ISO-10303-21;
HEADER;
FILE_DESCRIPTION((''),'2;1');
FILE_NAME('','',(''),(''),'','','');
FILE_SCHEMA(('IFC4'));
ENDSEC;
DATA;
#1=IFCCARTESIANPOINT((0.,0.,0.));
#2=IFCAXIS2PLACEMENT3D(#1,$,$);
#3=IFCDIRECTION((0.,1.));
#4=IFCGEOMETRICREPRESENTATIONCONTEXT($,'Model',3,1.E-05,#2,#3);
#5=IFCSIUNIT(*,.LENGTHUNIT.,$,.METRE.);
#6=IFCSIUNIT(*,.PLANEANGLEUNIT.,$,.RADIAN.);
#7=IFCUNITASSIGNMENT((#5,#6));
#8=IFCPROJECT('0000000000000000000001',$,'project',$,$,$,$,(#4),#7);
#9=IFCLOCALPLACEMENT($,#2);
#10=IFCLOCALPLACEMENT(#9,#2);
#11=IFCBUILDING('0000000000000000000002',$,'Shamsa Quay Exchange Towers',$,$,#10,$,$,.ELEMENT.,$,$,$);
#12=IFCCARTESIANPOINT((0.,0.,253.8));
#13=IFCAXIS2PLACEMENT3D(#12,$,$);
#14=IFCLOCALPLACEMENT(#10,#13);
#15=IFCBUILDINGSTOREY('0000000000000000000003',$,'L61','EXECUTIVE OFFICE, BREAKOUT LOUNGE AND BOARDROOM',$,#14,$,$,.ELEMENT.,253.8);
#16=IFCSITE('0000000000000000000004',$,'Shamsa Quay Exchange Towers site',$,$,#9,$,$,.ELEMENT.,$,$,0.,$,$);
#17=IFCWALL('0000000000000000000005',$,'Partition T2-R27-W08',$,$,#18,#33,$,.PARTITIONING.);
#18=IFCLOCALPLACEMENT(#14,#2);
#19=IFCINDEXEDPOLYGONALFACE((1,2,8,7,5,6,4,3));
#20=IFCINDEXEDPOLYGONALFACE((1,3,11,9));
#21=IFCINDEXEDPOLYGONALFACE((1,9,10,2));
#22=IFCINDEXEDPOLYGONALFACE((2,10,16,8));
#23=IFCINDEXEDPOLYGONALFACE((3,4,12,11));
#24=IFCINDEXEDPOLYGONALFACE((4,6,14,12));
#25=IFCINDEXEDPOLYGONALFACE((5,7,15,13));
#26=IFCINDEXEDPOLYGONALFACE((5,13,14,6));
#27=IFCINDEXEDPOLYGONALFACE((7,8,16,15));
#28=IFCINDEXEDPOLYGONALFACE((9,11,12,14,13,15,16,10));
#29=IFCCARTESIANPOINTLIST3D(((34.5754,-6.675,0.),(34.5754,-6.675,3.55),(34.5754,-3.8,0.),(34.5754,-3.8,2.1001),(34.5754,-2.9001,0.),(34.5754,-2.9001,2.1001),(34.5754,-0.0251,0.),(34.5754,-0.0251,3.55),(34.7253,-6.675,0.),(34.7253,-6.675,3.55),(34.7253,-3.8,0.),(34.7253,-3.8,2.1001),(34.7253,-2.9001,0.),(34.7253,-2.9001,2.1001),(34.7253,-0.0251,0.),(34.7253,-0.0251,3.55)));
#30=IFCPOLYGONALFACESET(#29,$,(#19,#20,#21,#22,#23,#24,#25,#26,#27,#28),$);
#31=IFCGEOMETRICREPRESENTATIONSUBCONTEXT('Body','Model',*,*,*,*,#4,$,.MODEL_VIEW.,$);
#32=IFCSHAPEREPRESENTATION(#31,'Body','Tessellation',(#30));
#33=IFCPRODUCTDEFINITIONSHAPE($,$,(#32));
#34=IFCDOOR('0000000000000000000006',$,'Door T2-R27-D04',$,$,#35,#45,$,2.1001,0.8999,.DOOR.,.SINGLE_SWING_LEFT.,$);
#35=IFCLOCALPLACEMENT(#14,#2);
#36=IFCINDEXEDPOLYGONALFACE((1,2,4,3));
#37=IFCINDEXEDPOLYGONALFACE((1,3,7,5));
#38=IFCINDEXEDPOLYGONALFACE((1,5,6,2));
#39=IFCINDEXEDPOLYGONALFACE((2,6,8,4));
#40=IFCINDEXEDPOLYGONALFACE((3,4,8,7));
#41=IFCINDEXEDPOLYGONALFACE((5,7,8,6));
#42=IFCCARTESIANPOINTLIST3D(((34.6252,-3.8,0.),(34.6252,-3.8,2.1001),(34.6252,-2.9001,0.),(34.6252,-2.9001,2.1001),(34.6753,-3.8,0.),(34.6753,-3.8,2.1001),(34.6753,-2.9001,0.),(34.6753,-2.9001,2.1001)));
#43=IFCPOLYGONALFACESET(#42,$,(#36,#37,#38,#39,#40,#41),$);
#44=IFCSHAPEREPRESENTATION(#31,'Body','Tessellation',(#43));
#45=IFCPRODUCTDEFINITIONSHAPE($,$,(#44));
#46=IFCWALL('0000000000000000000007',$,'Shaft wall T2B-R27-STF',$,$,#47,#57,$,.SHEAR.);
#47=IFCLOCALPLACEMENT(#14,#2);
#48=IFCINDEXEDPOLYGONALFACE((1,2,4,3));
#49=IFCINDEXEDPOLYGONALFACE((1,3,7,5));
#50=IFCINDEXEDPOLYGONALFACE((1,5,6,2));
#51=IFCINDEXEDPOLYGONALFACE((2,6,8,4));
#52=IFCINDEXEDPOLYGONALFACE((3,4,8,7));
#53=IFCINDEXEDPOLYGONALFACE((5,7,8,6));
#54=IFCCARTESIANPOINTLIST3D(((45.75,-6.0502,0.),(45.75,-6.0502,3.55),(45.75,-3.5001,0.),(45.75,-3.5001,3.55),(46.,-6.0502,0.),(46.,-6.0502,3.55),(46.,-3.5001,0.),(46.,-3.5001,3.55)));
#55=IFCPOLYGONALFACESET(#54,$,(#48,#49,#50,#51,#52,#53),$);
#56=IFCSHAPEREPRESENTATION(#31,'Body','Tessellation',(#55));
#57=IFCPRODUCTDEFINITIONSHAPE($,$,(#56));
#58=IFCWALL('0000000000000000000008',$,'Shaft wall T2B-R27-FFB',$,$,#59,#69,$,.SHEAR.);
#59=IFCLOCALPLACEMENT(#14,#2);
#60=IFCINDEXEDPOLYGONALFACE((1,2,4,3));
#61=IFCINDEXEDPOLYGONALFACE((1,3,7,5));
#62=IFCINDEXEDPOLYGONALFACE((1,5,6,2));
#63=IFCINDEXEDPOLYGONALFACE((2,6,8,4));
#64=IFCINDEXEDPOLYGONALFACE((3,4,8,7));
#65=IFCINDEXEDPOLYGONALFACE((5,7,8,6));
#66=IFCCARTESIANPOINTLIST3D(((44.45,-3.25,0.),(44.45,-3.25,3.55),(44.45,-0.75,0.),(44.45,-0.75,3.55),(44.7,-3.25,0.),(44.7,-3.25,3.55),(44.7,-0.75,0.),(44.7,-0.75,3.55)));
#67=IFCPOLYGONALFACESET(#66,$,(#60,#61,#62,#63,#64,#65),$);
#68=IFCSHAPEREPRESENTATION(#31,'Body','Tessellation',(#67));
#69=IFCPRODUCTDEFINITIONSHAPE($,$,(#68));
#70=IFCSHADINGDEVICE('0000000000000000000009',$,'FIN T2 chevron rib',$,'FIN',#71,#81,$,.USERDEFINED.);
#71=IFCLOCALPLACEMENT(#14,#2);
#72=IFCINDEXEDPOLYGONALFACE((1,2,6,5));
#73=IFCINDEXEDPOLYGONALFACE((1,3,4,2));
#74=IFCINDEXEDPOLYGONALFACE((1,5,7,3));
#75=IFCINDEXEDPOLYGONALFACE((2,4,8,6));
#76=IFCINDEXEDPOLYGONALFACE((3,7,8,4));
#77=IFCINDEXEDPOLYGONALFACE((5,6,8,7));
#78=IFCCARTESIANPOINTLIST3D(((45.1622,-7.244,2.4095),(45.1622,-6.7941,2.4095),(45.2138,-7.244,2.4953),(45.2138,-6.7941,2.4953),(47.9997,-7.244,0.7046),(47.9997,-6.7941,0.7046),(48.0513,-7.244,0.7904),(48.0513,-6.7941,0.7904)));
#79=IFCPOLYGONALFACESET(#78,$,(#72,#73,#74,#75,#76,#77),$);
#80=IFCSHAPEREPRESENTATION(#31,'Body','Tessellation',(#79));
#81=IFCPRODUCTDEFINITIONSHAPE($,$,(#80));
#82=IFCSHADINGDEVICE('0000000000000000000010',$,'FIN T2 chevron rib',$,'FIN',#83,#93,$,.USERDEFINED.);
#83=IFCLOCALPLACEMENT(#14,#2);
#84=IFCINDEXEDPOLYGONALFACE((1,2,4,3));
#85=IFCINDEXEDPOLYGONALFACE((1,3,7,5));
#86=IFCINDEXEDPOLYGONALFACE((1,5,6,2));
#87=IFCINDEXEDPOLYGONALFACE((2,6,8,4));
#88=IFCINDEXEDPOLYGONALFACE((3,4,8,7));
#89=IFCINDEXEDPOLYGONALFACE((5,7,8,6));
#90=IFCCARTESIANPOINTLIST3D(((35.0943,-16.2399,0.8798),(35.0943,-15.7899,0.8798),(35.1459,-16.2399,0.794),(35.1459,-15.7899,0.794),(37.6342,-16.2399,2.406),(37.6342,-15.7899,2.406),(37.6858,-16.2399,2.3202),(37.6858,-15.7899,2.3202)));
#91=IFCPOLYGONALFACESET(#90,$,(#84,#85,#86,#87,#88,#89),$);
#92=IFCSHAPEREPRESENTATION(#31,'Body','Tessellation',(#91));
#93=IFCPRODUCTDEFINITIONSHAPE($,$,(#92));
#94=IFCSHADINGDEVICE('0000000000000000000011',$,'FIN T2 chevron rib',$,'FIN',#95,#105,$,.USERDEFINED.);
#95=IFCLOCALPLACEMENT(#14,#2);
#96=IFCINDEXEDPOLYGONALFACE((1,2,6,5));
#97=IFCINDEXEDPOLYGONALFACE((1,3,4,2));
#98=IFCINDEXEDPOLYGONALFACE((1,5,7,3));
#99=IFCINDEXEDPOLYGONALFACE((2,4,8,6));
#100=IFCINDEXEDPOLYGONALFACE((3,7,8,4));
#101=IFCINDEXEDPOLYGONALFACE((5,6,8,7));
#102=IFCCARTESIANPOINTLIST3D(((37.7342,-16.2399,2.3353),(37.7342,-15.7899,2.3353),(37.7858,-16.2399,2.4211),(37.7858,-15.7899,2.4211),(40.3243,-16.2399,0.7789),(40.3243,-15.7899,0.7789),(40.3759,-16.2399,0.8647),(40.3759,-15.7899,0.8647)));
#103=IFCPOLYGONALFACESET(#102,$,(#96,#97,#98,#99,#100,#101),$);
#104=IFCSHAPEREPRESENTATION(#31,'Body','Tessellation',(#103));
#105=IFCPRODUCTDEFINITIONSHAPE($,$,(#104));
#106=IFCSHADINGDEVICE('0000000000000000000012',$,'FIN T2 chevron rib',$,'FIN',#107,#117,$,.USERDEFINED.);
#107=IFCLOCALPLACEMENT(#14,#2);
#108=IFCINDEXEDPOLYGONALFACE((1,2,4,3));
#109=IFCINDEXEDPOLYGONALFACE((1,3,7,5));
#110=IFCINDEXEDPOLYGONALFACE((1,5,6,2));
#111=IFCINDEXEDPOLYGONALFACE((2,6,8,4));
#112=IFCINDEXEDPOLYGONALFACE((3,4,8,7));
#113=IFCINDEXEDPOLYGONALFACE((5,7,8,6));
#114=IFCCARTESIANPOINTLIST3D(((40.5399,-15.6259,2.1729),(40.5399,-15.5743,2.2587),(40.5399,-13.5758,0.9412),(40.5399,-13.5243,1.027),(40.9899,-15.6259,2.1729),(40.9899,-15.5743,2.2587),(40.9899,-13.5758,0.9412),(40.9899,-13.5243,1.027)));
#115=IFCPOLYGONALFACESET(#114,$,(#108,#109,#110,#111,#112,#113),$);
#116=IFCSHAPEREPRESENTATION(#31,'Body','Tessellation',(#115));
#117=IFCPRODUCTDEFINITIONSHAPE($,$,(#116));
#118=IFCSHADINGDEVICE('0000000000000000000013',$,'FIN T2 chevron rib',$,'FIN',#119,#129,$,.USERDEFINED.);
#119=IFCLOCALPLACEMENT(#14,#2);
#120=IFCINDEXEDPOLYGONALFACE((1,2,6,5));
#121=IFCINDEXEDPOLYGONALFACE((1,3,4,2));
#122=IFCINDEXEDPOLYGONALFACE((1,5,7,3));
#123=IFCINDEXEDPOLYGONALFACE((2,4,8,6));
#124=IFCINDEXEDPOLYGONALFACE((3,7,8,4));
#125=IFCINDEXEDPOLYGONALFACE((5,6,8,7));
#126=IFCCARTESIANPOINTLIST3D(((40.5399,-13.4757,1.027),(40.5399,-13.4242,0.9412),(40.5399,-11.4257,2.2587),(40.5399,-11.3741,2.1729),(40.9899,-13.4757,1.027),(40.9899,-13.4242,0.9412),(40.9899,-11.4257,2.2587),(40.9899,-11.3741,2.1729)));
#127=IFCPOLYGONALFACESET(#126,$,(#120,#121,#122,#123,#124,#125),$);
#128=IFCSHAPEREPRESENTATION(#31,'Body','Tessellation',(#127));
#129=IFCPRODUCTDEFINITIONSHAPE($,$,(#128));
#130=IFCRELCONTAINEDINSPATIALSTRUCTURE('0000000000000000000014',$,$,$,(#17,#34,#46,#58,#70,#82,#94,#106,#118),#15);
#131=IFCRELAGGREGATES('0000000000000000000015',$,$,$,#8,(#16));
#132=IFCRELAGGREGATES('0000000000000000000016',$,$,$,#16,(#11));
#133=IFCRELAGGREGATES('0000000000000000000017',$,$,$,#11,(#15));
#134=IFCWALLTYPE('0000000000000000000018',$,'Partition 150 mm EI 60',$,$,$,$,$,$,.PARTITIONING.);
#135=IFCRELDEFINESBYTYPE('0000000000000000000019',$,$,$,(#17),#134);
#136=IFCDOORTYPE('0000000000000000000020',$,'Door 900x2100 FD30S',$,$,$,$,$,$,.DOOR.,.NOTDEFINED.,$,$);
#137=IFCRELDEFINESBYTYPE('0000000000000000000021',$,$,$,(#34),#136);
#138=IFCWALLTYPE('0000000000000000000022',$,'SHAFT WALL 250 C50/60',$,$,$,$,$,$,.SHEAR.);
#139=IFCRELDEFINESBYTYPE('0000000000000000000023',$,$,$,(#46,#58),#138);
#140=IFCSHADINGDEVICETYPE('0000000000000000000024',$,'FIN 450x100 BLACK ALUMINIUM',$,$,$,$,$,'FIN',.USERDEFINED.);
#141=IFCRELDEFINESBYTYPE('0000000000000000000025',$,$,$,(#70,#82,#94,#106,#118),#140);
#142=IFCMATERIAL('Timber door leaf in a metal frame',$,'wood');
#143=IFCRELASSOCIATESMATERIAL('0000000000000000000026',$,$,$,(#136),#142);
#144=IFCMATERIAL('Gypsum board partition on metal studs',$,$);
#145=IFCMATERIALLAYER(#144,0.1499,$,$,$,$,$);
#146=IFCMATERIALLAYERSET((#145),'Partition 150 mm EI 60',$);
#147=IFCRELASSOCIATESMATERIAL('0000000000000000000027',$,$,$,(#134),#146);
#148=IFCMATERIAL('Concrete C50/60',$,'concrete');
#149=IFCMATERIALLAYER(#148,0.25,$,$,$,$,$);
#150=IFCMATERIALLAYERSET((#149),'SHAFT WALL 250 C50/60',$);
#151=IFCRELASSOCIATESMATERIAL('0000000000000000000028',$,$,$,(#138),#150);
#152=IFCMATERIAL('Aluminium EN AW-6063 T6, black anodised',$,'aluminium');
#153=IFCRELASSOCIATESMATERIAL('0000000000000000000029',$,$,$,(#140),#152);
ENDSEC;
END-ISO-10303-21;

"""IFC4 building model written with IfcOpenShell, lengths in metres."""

from ifc_helpers import new_model, si_unit, direction, frame, frame_2d, origin, origin_2d, place, context, subcontext, project, spatial, rectangle, extrude, material, layer, layer_set, material_profile, profile_set, type_object, element, fill, save


model = new_model("IFC4")

# Units and contexts
model_context = context("Model", 3, precision=1e-05, world=origin(), true_north=direction((0.0, 1.0)))
body_context = subcontext(model_context, "Body", "Model", "MODEL_VIEW")
ifc_project = project(units=[si_unit("LENGTHUNIT", "METRE"), si_unit("PLANEANGLEUNIT", "RADIAN")], contexts=[model_context])

# Site, building, storey
site_placement = place(None, origin())
site = spatial("IfcSite", under=ifc_project, at=site_placement, Name="Shamsa Quay Exchange Towers site", CompositionType="ELEMENT", RefElevation=0.0)
building_placement = place(site_placement, origin())
building = spatial("IfcBuilding", under=site, at=building_placement, Name="Shamsa Quay Exchange Towers", CompositionType="ELEMENT")
storey_placement = place(building_placement, frame((0.0, 0.0, 253.8)))
storey = spatial("IfcBuildingStorey", under=building, at=storey_placement, Name="L61", Description="EXECUTIVE OFFICE, BREAKOUT LOUNGE AND BOARDROOM", CompositionType="ELEMENT", Elevation=253.8)

# Shared definitions
ifc_material_1 = material(Name="Aluminium EN AW-6063 T6, black anodised", Category="aluminium")

# Shared definitions
ifc_material_2 = material(Name="Timber door leaf in a metal frame", Category="wood")

# Wall, opening, door
door_type_1 = type_object("IfcDoorType", Name="Door 900x2100 FD30S", OperationType="NOTDEFINED", PredefinedType="DOOR", material=ifc_material_2)
ifc_material_3 = material(Name="Gypsum board partition on metal studs")
ifc_layer_1 = layer(ifc_material_3, 0.1499)
ifc_layer_set_1 = layer_set([ifc_layer_1], Name="Partition 150 mm EI 60")
wall_type_1 = type_object("IfcWallType", Name="Partition 150 mm EI 60", PredefinedType="PARTITIONING", material=ifc_layer_set_1)
wall_1_placement = place(storey_placement, frame((34.6504, -0.0251, 0.0), z_axis=(0.0, 0.0, 1.0), x_axis=(0.0, -1.0, 0.0)))
wall_1 = element("IfcWall", 1, at=wall_1_placement, inside=storey, type_object=wall_type_1, Name="Partition T2-R27-W08", PredefinedType="PARTITIONING", context=body_context, shape_type="SweptSolid", body=[
    extrude(rectangle(XDim=6.6499, YDim=0.1499, at=frame_2d((3.325, 0.0))), origin(), (0.0, 0.0, 1.0), 3.55),
])
opening_1_placement = place(wall_1_placement, frame((2.875, 0.0, 0.0)))
opening_1 = element("IfcOpeningElement", 2, at=opening_1_placement, cuts=wall_1, PredefinedType="OPENING", context=body_context, shape_type="SweptSolid", body=[
    extrude(rectangle(XDim=0.8999, YDim=2.1001, at=frame_2d((0.45, 1.05))), frame((0.0, 0.085, 0.0), z_axis=(0.0, -1.0, 0.0), x_axis=(1.0, 0.0, 0.0)), (0.0, 0.0, 1.0), 0.1699),
])
door_1_placement = place(opening_1_placement, origin())
door_1 = element("IfcDoor", 3, at=door_1_placement, inside=storey, type_object=door_type_1, Name="Door T2-R27-D04", OperationType="SINGLE_SWING_LEFT", OverallHeight=2.1001, OverallWidth=0.8999, PredefinedType="DOOR", context=body_context, shape_type="SweptSolid", body=[
    extrude(rectangle(XDim=0.8999, YDim=2.1001, at=frame_2d((0.45, 1.05))), frame((0.0, 0.0249, 0.0), z_axis=(0.0, -1.0, 0.0), x_axis=(1.0, 0.0, 0.0)), (0.0, 0.0, 1.0), 0.05),
])
fill(opening_1, door_1)

# Wall
ifc_material_4 = material(Name="Concrete C50/60", Category="concrete")
ifc_layer_2 = layer(ifc_material_4, 0.25)
ifc_layer_set_2 = layer_set([ifc_layer_2], Name="SHAFT WALL 250 C50/60")
wall_type_2 = type_object("IfcWallType", Name="SHAFT WALL 250 C50/60", PredefinedType="SHEAR", material=ifc_layer_set_2)
wall_2_placement = place(storey_placement, frame((45.875, -6.05, 0.0), z_axis=(0.0, 0.0, 1.0), x_axis=(0.0, 1.0, 0.0)))
element("IfcWall", 4, at=wall_2_placement, inside=storey, type_object=wall_type_2, Name="Shaft wall T2B-R27-STF", PredefinedType="SHEAR", context=body_context, shape_type="SweptSolid", body=[
    extrude(rectangle(XDim=2.55, YDim=0.25, at=frame_2d((1.2749, 0.0))), origin(), (0.0, 0.0, 1.0), 3.55),
])

# Wall
wall_3_placement = place(storey_placement, frame((44.575, -3.25, 0.0), z_axis=(0.0, 0.0, 1.0), x_axis=(0.0, 1.0, 0.0)))
element("IfcWall", 5, at=wall_3_placement, inside=storey, type_object=wall_type_2, Name="Shaft wall T2B-R27-FFB", PredefinedType="SHEAR", context=body_context, shape_type="SweptSolid", body=[
    extrude(rectangle(XDim=2.5, YDim=0.25, at=frame_2d((1.25, 0.0))), origin(), (0.0, 0.0, 1.0), 3.55),
])

# Shading devices
ifc_material_profile_1 = material_profile(ifc_material_1, rectangle(XDim=0.45, YDim=0.1001, at=origin_2d()), Name="FIN450x100")
ifc_profile_set_1 = profile_set([ifc_material_profile_1], Name="Aluminium EN AW-6063 T6, black anodised")
shading_device_type = type_object("IfcShadingDeviceType", Name="FIN 450x100 BLACK ALUMINIUM", ElementType="FIN", PredefinedType="USERDEFINED", material=ifc_profile_set_1)
shading_device_1_placement = place(storey_placement, frame((45.188, -7.019, 2.4524), z_axis=(0.857174, 0.0, -0.515027), x_axis=(0.0, 1.0, 0.0)))
element("IfcShadingDevice", 6, at=shading_device_1_placement, inside=storey, type_object=shading_device_type, Name="FIN T2 chevron rib", ObjectType="FIN", PredefinedType="USERDEFINED", context=body_context, shape_type="SweptSolid", body=[
    extrude(rectangle(XDim=0.45, YDim=0.1001, at=origin_2d()), origin(), (0.0, 0.0, 1.0), 3.3103),
])
shading_device_2_placement = place(storey_placement, frame((35.1201, -16.0149, 0.8369), z_axis=(0.857158, 0.0, 0.515053), x_axis=(0.0, 1.0, 0.0)))
element("IfcShadingDevice", 7, at=shading_device_2_placement, inside=storey, type_object=shading_device_type, Name="FIN T2 chevron rib", ObjectType="FIN", PredefinedType="USERDEFINED", context=body_context, shape_type="SweptSolid", body=[
    extrude(rectangle(XDim=0.45, YDim=0.1001, at=origin_2d()), origin(), (0.0, 0.0, 1.0), 2.9631),
])
shading_device_3_placement = place(storey_placement, frame((37.76, -16.0149, 2.3782), z_axis=(0.857151, 0.0, -0.515066), x_axis=(0.0, 1.0, 0.0)))
element("IfcShadingDevice", 8, at=shading_device_3_placement, inside=storey, type_object=shading_device_type, Name="FIN T2 chevron rib", ObjectType="FIN", PredefinedType="USERDEFINED", context=body_context, shape_type="SweptSolid", body=[
    extrude(rectangle(XDim=0.45, YDim=0.1001, at=origin_2d()), origin(), (0.0, 0.0, 1.0), 3.0217),
])
for number, where, z_axis, x_axis, name in (
    (9, (40.7649, -15.6001, 2.2158), (0.0, 0.857187, -0.515006), (-1.0, 0.0, 0.0), "FIN T2 chevron rib"),
    (10, (40.7649, -13.45, 0.9841), (0.0, 0.857187, 0.515006), (-1.0, 0.0, 0.0), "FIN T2 chevron rib"),
):
    element("IfcShadingDevice", number, at=place(storey_placement, frame(where, z_axis=z_axis, x_axis=x_axis)), inside=storey, type_object=shading_device_type, Name=name, ObjectType="FIN", PredefinedType="USERDEFINED", context=body_context, shape_type="SweptSolid", body=[
        extrude(rectangle(XDim=0.45, YDim=0.1001, at=origin_2d()), origin(), (0.0, 0.0, 1.0), 2.3916),
    ])

save(model, "model.ifc")
